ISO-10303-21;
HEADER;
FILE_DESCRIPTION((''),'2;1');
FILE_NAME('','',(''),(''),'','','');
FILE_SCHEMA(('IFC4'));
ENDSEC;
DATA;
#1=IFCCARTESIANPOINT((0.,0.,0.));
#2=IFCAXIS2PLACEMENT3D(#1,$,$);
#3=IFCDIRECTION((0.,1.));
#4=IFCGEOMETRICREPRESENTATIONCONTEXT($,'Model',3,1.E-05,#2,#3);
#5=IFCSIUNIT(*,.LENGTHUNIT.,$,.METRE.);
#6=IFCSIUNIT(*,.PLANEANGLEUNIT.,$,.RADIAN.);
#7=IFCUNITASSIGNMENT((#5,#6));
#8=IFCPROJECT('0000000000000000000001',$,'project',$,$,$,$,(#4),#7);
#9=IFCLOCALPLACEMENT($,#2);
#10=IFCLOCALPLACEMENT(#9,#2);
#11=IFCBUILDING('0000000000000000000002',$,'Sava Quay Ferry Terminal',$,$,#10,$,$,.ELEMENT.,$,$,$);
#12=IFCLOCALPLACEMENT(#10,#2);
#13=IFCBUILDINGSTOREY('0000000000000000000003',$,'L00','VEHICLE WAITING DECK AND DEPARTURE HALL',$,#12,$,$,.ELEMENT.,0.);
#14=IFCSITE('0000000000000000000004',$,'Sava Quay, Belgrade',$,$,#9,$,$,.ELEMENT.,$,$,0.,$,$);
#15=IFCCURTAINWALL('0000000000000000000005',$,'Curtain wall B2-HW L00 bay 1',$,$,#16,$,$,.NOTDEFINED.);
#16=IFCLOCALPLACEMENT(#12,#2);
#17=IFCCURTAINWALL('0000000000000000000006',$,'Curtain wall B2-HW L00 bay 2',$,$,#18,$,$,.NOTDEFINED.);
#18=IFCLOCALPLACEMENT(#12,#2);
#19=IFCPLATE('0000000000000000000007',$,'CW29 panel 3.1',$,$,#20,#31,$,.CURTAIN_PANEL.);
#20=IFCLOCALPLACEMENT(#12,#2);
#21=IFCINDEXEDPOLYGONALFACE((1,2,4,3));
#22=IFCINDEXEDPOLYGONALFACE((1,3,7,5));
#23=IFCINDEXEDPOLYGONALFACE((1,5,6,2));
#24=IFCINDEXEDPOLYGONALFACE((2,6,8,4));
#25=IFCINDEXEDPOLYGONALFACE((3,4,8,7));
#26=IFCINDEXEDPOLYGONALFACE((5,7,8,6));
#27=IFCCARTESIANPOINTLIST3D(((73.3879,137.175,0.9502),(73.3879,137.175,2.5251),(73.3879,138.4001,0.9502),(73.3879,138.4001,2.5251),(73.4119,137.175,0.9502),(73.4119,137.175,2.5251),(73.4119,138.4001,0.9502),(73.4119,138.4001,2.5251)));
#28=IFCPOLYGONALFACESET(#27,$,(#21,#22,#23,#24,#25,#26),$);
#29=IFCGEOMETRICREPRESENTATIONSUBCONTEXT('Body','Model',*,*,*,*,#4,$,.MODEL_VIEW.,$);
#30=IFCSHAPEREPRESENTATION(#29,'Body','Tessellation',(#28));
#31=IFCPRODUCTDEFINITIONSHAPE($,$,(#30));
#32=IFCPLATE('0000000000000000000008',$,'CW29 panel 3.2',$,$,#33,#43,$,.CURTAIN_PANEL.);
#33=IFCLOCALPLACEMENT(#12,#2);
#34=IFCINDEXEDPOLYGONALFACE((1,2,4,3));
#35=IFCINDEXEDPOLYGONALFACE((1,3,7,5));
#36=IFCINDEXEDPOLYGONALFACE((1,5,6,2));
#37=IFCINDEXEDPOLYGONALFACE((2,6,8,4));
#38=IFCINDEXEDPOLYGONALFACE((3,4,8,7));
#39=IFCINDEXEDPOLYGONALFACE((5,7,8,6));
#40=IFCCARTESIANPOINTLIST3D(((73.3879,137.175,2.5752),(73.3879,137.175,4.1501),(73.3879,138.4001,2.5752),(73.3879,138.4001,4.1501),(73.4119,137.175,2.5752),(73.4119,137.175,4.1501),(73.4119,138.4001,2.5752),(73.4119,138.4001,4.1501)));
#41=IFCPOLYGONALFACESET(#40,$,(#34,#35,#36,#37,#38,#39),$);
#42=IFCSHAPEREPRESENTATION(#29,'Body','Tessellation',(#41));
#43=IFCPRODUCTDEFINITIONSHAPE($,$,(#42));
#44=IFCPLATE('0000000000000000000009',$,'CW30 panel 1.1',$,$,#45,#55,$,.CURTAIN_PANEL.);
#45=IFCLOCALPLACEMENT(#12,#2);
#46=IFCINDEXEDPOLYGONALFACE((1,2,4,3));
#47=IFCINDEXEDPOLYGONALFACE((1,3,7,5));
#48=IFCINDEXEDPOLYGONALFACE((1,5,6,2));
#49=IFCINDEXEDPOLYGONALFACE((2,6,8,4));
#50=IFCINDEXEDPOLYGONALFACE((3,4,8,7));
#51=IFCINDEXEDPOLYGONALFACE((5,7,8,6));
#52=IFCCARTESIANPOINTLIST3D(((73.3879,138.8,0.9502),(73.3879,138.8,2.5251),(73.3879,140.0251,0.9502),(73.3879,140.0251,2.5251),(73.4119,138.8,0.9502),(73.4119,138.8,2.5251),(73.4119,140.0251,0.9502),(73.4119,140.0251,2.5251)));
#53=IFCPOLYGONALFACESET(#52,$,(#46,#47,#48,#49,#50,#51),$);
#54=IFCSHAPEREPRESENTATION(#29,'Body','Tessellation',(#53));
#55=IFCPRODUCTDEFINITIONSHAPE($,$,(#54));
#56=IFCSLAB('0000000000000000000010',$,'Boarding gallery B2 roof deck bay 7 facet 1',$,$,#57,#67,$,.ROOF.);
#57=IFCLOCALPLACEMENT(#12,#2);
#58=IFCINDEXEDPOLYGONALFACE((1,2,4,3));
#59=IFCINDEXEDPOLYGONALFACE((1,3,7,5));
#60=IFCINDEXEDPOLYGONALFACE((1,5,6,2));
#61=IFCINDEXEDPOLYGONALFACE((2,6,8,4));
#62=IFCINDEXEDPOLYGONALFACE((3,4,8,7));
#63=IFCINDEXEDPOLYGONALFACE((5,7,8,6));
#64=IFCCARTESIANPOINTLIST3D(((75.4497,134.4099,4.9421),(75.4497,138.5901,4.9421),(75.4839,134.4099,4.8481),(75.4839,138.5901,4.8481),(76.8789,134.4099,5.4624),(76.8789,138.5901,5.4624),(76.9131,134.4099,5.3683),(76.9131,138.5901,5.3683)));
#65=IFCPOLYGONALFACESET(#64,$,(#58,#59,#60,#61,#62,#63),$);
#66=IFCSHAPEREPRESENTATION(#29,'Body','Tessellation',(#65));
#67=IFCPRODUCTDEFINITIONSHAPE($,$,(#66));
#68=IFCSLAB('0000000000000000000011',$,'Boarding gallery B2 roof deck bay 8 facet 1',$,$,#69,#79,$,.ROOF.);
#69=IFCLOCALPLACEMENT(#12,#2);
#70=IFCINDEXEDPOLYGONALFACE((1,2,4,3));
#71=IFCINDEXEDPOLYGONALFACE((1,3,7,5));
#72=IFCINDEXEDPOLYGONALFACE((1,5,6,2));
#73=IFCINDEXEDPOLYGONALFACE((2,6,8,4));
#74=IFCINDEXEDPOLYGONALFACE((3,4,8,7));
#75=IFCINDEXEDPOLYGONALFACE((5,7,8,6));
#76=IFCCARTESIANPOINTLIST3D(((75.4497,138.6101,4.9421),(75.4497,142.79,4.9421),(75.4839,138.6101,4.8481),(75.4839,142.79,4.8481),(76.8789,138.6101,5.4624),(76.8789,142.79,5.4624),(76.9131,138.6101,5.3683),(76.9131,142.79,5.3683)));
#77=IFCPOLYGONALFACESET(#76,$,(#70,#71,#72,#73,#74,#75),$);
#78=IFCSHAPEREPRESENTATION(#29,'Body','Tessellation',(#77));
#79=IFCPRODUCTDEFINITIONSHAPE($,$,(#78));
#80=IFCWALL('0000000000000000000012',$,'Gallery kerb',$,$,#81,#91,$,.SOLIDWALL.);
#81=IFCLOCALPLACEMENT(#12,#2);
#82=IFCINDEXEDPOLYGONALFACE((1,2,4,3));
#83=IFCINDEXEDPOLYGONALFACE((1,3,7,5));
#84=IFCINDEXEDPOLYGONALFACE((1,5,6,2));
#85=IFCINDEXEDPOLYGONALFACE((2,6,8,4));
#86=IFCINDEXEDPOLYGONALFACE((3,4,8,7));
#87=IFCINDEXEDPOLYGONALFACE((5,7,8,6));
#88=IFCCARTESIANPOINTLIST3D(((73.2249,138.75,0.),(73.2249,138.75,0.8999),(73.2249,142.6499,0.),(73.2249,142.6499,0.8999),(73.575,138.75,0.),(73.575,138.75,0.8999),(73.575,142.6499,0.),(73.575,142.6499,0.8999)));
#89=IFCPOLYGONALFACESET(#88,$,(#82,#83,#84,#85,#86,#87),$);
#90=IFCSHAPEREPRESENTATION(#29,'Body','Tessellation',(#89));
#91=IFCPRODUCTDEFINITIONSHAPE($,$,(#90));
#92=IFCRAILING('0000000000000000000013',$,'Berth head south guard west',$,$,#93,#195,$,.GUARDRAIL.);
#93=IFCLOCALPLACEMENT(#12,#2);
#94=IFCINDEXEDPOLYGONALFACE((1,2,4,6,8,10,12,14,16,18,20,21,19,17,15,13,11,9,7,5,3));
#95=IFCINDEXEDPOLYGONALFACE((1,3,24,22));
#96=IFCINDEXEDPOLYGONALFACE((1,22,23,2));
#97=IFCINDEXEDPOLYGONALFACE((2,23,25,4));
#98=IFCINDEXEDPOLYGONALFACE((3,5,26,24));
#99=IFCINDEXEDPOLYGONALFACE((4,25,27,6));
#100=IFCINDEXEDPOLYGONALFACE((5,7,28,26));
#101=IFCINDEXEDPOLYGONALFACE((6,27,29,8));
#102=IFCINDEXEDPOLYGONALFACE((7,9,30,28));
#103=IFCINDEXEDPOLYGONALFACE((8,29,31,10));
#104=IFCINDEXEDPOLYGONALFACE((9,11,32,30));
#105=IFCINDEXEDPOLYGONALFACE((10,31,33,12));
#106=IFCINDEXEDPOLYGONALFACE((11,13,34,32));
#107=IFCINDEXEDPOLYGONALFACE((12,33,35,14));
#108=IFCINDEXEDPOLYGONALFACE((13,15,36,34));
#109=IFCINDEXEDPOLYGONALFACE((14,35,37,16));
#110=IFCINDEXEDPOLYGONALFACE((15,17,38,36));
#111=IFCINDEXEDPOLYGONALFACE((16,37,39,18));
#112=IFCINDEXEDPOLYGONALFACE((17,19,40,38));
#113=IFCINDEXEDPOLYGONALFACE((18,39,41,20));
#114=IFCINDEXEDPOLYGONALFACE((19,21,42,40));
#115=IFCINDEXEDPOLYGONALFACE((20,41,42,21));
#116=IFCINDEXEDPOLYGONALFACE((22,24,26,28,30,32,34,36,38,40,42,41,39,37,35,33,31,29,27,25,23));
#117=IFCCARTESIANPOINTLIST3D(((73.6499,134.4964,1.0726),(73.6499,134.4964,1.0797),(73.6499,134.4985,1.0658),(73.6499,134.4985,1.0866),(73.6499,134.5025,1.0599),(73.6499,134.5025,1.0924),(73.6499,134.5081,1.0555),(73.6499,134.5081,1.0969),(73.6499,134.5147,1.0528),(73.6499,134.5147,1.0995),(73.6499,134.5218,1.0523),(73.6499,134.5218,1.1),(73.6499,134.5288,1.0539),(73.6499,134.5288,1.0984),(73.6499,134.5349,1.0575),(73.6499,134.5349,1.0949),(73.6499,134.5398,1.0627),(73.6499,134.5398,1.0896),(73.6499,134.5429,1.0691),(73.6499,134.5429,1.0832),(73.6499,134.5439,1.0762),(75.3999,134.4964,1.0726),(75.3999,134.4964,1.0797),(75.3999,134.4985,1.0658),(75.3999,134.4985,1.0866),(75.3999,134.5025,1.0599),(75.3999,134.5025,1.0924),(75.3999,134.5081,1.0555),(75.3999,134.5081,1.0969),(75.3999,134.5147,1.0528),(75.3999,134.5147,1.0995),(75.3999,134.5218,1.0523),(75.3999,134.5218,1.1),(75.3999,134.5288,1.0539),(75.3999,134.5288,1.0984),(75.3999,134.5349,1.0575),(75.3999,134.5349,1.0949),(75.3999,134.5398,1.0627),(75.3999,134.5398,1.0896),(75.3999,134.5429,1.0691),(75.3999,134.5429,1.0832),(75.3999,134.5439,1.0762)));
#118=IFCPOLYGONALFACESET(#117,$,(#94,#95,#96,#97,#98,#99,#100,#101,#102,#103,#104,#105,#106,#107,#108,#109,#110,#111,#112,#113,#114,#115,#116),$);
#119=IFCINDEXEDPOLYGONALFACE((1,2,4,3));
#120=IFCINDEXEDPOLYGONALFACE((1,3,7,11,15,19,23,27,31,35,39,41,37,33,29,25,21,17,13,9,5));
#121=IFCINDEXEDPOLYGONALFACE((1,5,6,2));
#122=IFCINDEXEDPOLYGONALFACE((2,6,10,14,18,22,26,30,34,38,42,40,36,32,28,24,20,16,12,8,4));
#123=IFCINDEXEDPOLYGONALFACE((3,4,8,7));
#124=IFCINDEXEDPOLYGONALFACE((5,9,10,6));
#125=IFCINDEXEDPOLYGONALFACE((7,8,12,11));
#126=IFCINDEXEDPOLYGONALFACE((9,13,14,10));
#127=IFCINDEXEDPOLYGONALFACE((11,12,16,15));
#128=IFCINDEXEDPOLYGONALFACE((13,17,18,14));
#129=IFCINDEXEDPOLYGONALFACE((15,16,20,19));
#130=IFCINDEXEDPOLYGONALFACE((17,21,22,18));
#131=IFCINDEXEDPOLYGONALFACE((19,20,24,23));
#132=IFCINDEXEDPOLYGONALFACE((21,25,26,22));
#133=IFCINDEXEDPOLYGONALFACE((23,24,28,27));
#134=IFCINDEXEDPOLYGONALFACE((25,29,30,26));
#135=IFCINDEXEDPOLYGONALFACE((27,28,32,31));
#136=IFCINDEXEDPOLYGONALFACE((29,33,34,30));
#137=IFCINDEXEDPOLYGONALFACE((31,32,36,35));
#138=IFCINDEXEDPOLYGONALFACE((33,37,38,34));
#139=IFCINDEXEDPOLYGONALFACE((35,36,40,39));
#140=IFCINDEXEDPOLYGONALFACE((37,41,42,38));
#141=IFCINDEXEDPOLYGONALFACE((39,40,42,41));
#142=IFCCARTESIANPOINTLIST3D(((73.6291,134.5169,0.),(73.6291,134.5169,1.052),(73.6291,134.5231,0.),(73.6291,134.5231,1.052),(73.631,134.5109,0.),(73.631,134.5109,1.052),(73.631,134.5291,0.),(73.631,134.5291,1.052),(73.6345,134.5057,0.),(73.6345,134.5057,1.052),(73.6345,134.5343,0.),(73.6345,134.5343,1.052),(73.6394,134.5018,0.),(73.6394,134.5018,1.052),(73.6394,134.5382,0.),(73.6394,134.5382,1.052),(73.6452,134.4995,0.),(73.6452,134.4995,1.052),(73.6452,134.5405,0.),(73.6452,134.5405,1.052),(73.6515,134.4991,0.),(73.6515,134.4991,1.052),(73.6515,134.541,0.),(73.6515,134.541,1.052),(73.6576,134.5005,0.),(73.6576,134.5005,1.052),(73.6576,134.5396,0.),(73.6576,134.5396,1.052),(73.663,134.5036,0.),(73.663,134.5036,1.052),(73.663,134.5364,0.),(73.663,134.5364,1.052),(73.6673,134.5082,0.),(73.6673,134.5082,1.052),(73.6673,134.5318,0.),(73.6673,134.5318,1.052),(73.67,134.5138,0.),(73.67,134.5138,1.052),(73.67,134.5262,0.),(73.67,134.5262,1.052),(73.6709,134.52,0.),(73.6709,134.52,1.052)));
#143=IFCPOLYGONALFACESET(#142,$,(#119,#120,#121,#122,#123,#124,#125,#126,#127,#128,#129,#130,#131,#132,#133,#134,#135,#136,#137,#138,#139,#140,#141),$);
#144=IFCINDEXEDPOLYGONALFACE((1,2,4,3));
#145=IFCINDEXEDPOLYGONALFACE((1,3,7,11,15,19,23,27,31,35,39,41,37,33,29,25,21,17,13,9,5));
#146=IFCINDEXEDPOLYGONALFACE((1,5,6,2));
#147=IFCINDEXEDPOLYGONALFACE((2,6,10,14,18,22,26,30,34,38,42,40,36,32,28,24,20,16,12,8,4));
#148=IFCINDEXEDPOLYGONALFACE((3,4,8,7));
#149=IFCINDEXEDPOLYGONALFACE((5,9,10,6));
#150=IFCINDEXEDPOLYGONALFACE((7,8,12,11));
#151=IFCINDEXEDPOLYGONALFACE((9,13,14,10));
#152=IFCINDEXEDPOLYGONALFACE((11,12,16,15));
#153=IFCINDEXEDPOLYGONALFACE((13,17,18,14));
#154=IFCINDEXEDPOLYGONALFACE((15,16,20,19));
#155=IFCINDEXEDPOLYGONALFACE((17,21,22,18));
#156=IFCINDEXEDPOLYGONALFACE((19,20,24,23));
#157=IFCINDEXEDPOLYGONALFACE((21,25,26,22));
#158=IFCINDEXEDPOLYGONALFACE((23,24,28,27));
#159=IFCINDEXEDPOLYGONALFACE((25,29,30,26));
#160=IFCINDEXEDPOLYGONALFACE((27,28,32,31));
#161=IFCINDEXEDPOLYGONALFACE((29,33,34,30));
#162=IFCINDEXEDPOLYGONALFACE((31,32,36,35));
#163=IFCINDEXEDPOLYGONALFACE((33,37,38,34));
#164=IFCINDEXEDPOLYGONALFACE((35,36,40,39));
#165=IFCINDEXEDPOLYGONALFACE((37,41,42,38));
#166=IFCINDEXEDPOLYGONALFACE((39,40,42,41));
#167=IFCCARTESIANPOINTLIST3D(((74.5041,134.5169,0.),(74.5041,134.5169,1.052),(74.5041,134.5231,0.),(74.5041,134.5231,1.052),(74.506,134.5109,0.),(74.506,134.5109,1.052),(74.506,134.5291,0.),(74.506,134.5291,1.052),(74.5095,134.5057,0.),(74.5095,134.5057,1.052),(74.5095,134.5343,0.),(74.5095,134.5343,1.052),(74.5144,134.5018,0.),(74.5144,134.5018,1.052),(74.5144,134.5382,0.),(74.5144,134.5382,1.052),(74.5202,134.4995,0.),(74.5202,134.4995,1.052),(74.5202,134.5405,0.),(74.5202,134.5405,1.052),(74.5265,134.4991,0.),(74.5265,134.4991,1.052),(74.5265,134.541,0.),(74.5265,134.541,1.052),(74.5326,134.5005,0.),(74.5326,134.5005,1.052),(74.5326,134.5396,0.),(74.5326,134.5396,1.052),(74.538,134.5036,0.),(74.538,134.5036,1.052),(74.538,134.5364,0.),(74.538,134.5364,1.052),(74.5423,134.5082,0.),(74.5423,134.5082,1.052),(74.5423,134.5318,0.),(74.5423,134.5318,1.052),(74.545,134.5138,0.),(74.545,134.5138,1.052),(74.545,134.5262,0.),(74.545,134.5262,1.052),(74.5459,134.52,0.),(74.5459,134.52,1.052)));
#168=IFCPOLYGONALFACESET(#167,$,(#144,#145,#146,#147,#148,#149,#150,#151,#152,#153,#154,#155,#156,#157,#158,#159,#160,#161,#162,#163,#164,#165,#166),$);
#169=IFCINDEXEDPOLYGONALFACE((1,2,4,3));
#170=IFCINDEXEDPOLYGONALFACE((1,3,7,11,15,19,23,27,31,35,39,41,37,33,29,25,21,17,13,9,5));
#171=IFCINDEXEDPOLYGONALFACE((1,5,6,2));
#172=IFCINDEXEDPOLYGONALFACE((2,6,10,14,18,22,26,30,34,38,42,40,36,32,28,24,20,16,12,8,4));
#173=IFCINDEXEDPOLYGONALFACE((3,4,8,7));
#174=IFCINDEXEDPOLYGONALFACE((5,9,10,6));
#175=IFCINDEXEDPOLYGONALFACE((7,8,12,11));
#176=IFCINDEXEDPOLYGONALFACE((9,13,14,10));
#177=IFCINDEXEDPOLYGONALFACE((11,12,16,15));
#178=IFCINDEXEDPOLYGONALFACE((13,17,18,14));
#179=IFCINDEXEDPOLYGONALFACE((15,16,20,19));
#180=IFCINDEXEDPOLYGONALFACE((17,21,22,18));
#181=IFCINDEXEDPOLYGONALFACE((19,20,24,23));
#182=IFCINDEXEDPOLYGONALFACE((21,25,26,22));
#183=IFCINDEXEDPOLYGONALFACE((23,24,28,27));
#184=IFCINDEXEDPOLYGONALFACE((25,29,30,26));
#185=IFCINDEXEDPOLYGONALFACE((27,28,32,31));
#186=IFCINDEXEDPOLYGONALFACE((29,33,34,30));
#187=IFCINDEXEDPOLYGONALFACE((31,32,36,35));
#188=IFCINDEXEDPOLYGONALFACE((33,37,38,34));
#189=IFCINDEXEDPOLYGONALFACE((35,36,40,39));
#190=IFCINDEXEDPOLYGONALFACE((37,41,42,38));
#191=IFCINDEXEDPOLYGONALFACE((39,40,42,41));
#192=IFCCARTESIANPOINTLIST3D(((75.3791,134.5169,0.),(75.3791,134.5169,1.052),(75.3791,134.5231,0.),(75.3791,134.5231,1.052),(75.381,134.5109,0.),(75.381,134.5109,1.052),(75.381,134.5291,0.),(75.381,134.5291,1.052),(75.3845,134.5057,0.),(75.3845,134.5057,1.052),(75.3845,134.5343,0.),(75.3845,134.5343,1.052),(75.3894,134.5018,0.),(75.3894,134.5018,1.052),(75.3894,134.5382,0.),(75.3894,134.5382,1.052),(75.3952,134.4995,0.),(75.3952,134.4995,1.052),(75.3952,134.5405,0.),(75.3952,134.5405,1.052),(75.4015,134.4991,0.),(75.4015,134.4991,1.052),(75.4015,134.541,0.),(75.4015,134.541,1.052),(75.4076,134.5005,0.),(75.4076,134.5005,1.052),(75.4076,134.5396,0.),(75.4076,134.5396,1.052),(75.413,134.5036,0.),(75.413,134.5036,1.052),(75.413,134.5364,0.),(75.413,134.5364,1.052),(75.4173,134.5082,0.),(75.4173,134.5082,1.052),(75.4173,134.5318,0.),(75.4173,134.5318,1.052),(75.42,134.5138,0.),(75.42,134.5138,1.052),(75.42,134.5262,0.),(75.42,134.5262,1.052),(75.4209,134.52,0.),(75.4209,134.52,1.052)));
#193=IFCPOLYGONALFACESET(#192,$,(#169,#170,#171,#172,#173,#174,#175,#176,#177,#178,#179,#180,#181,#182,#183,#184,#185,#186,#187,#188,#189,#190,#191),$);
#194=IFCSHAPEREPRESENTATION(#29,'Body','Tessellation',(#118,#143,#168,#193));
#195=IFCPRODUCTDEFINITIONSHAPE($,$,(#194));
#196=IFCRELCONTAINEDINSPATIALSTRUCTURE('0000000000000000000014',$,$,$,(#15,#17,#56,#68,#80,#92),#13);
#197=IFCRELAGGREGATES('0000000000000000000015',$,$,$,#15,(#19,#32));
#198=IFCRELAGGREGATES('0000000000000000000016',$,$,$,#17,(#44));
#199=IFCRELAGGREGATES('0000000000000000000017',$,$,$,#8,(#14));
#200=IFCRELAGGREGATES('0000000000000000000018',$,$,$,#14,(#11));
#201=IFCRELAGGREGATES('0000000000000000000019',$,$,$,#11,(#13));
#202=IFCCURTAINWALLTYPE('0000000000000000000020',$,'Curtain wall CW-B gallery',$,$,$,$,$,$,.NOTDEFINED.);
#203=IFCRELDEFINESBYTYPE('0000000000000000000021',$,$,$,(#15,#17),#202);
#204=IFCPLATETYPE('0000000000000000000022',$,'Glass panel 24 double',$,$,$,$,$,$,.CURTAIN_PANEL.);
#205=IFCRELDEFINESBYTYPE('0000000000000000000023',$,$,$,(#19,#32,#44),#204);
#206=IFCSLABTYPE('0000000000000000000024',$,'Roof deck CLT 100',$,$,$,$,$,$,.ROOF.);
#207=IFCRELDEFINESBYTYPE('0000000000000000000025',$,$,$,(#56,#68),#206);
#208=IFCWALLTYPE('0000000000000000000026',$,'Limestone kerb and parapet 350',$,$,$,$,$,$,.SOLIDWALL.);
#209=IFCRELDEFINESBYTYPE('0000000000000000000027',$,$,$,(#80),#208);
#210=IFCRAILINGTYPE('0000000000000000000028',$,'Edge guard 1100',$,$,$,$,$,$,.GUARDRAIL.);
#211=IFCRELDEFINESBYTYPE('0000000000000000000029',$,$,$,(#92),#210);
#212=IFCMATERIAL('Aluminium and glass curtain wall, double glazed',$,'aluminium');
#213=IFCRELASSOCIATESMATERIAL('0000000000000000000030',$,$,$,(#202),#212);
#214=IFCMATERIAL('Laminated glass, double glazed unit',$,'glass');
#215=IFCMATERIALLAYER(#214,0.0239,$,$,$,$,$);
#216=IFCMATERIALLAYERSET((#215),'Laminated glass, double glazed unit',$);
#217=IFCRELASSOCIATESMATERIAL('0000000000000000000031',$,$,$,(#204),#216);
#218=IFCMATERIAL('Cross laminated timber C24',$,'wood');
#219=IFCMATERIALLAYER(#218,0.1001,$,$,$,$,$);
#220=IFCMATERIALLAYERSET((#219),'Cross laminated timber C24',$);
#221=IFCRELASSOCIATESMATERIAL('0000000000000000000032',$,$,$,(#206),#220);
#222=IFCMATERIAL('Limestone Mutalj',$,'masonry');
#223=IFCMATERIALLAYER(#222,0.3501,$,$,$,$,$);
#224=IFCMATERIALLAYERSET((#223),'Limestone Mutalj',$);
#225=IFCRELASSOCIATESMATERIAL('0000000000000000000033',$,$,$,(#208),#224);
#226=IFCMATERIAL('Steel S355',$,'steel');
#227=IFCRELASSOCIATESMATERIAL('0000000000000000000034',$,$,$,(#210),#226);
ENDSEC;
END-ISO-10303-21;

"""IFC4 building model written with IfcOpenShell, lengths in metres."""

from ifc_helpers import new_model, si_unit, direction, frame, frame_2d, origin, origin_2d, place, context, subcontext, project, spatial, polyline, rectangle, circle, outline, extrude, material, layer, layer_set, type_object, element, aggregate, save


model = new_model("IFC4")

# Units and contexts
model_context = context("Model", 3, precision=1e-05, world=origin(), true_north=direction((0.0, 1.0)))
body_context = subcontext(model_context, "Body", "Model", "MODEL_VIEW")
ifc_project = project(units=[si_unit("LENGTHUNIT", "METRE"), si_unit("PLANEANGLEUNIT", "RADIAN")], contexts=[model_context])

# Site, building, storey
site_placement = place(None, origin())
site = spatial("IfcSite", under=ifc_project, at=site_placement, Name="Sava Quay, Belgrade", CompositionType="ELEMENT", RefElevation=0.0)
building_placement = place(site_placement, origin())
building = spatial("IfcBuilding", under=site, at=building_placement, Name="Sava Quay Ferry Terminal", CompositionType="ELEMENT")
storey_placement = place(building_placement, origin())
storey = spatial("IfcBuildingStorey", under=building, at=storey_placement, Name="L00", Description="VEHICLE WAITING DECK AND DEPARTURE HALL", CompositionType="ELEMENT", Elevation=0.0)

# Curtain wall
ifc_material_1 = material(Name="Aluminium and glass curtain wall, double glazed", Category="aluminium")
curtain_wall_type = type_object("IfcCurtainWallType", Name="Curtain wall CW-B gallery", PredefinedType="NOTDEFINED", material=ifc_material_1)
curtain_wall_1_placement = place(storey_placement, origin())
curtain_wall_1 = element("IfcCurtainWall", 1, at=curtain_wall_1_placement, inside=storey, type_object=curtain_wall_type, Name="Curtain wall B2-HW L00 bay 1", PredefinedType="NOTDEFINED")

# Curtain wall
curtain_wall_2_placement = place(storey_placement, origin())
curtain_wall_2 = element("IfcCurtainWall", 2, at=curtain_wall_2_placement, inside=storey, type_object=curtain_wall_type, Name="Curtain wall B2-HW L00 bay 2", PredefinedType="NOTDEFINED")

# Plates
ifc_material_2 = material(Name="Laminated glass, double glazed unit", Category="glass")
ifc_layer_1 = layer(ifc_material_2, 0.0239)
ifc_layer_set_1 = layer_set([ifc_layer_1], Name="Laminated glass, double glazed unit")
plate_type = type_object("IfcPlateType", Name="Glass panel 24 double", PredefinedType="CURTAIN_PANEL", material=ifc_layer_set_1)
plate_1_placement = place(storey_placement, frame((73.3999, 137.7876, 0.9502), z_axis=(0.0, 0.0, 1.0), x_axis=(0.0, 1.0, 0.0)))
plate_1 = element("IfcPlate", 3, at=plate_1_placement, type_object=plate_type, Name="CW29 panel 3.1", PredefinedType="CURTAIN_PANEL", context=body_context, shape_type="SweptSolid", body=[
    extrude(rectangle(XDim=1.2251, YDim=0.0239, at=origin_2d()), origin(), (0.0, 0.0, 1.0), 1.575),
])
plate_2_placement = place(storey_placement, frame((73.3999, 137.7876, 2.5752), z_axis=(0.0, 0.0, 1.0), x_axis=(0.0, 1.0, 0.0)))
plate_2 = element("IfcPlate", 4, at=plate_2_placement, type_object=plate_type, Name="CW29 panel 3.2", PredefinedType="CURTAIN_PANEL", context=body_context, shape_type="SweptSolid", body=[
    extrude(rectangle(XDim=1.2251, YDim=0.0239, at=origin_2d()), origin(), (0.0, 0.0, 1.0), 1.575),
])
aggregate(curtain_wall_1, [plate_1, plate_2])
plate_3_placement = place(storey_placement, frame((73.3999, 139.4126, 0.9502), z_axis=(0.0, 0.0, 1.0), x_axis=(0.0, 1.0, 0.0)))
plate_3 = element("IfcPlate", 5, at=plate_3_placement, type_object=plate_type, Name="CW30 panel 1.1", PredefinedType="CURTAIN_PANEL", context=body_context, shape_type="SweptSolid", body=[
    extrude(rectangle(XDim=1.2251, YDim=0.0239, at=origin_2d()), origin(), (0.0, 0.0, 1.0), 1.575),
])
aggregate(curtain_wall_2, [plate_3])

# Slabs
ifc_material_3 = material(Name="Cross laminated timber C24", Category="wood")
ifc_layer_2 = layer(ifc_material_3, 0.1001)
ifc_layer_set_2 = layer_set([ifc_layer_2], Name="Cross laminated timber C24")
slab_type = type_object("IfcSlabType", Name="Roof deck CLT 100", PredefinedType="ROOF", material=ifc_layer_set_2)
slab_1_placement = place(storey_placement, frame((75.4497, 134.4099, 4.9421), z_axis=(-0.342065, 0.0, 0.939676), x_axis=(0.939676, 0.0, 0.342065)))
element("IfcSlab", 6, at=slab_1_placement, inside=storey, type_object=slab_type, Name="Boarding gallery B2 roof deck bay 7 facet 1", PredefinedType="ROOF", context=body_context, shape_type="SweptSolid", body=[
    extrude(outline(polyline([(0.0, 0.0), (1.5209, 0.0), (1.5209, 4.1802), (0.0, 4.1802), (0.0, 0.0)])), origin(), (0.0, 0.0, -1.0), 0.1001),
])
slab_2_placement = place(storey_placement, frame((75.4497, 138.6101, 4.9421), z_axis=(-0.342065, 0.0, 0.939676), x_axis=(0.939676, 0.0, 0.342065)))
element("IfcSlab", 7, at=slab_2_placement, inside=storey, type_object=slab_type, Name="Boarding gallery B2 roof deck bay 8 facet 1", PredefinedType="ROOF", context=body_context, shape_type="SweptSolid", body=[
    extrude(outline(polyline([(0.0, 0.0), (1.5209, 0.0), (1.5209, 4.1799), (0.0, 4.1799), (0.0, 0.0)])), origin(), (0.0, 0.0, -1.0), 0.1001),
])

# Wall
ifc_material_4 = material(Name="Limestone Mutalj", Category="masonry")
ifc_layer_3 = layer(ifc_material_4, 0.3501)
ifc_layer_set_3 = layer_set([ifc_layer_3], Name="Limestone Mutalj")
wall_type = type_object("IfcWallType", Name="Limestone kerb and parapet 350", PredefinedType="SOLIDWALL", material=ifc_layer_set_3)
wall_placement = place(storey_placement, frame((73.3999, 138.75, 0.0), z_axis=(0.0, 0.0, 1.0), x_axis=(0.0, 1.0, 0.0)))
element("IfcWall", 8, at=wall_placement, inside=storey, type_object=wall_type, Name="Gallery kerb", PredefinedType="SOLIDWALL", context=body_context, shape_type="SweptSolid", body=[
    extrude(rectangle(XDim=3.8999, YDim=0.3501, at=frame_2d((1.95, 0.0))), origin(), (0.0, 0.0, 1.0), 0.8999),
])

# Railing
ifc_material_5 = material(Name="Steel S355", Category="steel")
railing_type = type_object("IfcRailingType", Name="Edge guard 1100", PredefinedType="GUARDRAIL", material=ifc_material_5)
railing_1_placement = place(storey_placement, frame((73.6499, 134.52, 0.0)))
element("IfcRailing", 9, at=railing_1_placement, inside=storey, type_object=railing_type, Name="Berth head south guard west", PredefinedType="GUARDRAIL", context=body_context, shape_type="SweptSolid", body=[
    extrude(circle(Radius=0.0239, at=origin_2d()), frame((0.0, 0.0, 1.0762), z_axis=(1.0, 0.0, 0.0), x_axis=(0.0, 1.0, 0.0)), (0.0, 0.0, 1.0), 1.75),
    extrude(circle(Radius=0.021, at=origin_2d()), origin(), (0.0, 0.0, 1.0), 1.052),
    extrude(circle(Radius=0.021, at=origin_2d()), frame((0.875, 0.0, 0.0)), (0.0, 0.0, 1.0), 1.052),
    extrude(circle(Radius=0.021, at=origin_2d()), frame((1.75, 0.0, 0.0)), (0.0, 0.0, 1.0), 1.052),
])

save(model, "model.ifc")
